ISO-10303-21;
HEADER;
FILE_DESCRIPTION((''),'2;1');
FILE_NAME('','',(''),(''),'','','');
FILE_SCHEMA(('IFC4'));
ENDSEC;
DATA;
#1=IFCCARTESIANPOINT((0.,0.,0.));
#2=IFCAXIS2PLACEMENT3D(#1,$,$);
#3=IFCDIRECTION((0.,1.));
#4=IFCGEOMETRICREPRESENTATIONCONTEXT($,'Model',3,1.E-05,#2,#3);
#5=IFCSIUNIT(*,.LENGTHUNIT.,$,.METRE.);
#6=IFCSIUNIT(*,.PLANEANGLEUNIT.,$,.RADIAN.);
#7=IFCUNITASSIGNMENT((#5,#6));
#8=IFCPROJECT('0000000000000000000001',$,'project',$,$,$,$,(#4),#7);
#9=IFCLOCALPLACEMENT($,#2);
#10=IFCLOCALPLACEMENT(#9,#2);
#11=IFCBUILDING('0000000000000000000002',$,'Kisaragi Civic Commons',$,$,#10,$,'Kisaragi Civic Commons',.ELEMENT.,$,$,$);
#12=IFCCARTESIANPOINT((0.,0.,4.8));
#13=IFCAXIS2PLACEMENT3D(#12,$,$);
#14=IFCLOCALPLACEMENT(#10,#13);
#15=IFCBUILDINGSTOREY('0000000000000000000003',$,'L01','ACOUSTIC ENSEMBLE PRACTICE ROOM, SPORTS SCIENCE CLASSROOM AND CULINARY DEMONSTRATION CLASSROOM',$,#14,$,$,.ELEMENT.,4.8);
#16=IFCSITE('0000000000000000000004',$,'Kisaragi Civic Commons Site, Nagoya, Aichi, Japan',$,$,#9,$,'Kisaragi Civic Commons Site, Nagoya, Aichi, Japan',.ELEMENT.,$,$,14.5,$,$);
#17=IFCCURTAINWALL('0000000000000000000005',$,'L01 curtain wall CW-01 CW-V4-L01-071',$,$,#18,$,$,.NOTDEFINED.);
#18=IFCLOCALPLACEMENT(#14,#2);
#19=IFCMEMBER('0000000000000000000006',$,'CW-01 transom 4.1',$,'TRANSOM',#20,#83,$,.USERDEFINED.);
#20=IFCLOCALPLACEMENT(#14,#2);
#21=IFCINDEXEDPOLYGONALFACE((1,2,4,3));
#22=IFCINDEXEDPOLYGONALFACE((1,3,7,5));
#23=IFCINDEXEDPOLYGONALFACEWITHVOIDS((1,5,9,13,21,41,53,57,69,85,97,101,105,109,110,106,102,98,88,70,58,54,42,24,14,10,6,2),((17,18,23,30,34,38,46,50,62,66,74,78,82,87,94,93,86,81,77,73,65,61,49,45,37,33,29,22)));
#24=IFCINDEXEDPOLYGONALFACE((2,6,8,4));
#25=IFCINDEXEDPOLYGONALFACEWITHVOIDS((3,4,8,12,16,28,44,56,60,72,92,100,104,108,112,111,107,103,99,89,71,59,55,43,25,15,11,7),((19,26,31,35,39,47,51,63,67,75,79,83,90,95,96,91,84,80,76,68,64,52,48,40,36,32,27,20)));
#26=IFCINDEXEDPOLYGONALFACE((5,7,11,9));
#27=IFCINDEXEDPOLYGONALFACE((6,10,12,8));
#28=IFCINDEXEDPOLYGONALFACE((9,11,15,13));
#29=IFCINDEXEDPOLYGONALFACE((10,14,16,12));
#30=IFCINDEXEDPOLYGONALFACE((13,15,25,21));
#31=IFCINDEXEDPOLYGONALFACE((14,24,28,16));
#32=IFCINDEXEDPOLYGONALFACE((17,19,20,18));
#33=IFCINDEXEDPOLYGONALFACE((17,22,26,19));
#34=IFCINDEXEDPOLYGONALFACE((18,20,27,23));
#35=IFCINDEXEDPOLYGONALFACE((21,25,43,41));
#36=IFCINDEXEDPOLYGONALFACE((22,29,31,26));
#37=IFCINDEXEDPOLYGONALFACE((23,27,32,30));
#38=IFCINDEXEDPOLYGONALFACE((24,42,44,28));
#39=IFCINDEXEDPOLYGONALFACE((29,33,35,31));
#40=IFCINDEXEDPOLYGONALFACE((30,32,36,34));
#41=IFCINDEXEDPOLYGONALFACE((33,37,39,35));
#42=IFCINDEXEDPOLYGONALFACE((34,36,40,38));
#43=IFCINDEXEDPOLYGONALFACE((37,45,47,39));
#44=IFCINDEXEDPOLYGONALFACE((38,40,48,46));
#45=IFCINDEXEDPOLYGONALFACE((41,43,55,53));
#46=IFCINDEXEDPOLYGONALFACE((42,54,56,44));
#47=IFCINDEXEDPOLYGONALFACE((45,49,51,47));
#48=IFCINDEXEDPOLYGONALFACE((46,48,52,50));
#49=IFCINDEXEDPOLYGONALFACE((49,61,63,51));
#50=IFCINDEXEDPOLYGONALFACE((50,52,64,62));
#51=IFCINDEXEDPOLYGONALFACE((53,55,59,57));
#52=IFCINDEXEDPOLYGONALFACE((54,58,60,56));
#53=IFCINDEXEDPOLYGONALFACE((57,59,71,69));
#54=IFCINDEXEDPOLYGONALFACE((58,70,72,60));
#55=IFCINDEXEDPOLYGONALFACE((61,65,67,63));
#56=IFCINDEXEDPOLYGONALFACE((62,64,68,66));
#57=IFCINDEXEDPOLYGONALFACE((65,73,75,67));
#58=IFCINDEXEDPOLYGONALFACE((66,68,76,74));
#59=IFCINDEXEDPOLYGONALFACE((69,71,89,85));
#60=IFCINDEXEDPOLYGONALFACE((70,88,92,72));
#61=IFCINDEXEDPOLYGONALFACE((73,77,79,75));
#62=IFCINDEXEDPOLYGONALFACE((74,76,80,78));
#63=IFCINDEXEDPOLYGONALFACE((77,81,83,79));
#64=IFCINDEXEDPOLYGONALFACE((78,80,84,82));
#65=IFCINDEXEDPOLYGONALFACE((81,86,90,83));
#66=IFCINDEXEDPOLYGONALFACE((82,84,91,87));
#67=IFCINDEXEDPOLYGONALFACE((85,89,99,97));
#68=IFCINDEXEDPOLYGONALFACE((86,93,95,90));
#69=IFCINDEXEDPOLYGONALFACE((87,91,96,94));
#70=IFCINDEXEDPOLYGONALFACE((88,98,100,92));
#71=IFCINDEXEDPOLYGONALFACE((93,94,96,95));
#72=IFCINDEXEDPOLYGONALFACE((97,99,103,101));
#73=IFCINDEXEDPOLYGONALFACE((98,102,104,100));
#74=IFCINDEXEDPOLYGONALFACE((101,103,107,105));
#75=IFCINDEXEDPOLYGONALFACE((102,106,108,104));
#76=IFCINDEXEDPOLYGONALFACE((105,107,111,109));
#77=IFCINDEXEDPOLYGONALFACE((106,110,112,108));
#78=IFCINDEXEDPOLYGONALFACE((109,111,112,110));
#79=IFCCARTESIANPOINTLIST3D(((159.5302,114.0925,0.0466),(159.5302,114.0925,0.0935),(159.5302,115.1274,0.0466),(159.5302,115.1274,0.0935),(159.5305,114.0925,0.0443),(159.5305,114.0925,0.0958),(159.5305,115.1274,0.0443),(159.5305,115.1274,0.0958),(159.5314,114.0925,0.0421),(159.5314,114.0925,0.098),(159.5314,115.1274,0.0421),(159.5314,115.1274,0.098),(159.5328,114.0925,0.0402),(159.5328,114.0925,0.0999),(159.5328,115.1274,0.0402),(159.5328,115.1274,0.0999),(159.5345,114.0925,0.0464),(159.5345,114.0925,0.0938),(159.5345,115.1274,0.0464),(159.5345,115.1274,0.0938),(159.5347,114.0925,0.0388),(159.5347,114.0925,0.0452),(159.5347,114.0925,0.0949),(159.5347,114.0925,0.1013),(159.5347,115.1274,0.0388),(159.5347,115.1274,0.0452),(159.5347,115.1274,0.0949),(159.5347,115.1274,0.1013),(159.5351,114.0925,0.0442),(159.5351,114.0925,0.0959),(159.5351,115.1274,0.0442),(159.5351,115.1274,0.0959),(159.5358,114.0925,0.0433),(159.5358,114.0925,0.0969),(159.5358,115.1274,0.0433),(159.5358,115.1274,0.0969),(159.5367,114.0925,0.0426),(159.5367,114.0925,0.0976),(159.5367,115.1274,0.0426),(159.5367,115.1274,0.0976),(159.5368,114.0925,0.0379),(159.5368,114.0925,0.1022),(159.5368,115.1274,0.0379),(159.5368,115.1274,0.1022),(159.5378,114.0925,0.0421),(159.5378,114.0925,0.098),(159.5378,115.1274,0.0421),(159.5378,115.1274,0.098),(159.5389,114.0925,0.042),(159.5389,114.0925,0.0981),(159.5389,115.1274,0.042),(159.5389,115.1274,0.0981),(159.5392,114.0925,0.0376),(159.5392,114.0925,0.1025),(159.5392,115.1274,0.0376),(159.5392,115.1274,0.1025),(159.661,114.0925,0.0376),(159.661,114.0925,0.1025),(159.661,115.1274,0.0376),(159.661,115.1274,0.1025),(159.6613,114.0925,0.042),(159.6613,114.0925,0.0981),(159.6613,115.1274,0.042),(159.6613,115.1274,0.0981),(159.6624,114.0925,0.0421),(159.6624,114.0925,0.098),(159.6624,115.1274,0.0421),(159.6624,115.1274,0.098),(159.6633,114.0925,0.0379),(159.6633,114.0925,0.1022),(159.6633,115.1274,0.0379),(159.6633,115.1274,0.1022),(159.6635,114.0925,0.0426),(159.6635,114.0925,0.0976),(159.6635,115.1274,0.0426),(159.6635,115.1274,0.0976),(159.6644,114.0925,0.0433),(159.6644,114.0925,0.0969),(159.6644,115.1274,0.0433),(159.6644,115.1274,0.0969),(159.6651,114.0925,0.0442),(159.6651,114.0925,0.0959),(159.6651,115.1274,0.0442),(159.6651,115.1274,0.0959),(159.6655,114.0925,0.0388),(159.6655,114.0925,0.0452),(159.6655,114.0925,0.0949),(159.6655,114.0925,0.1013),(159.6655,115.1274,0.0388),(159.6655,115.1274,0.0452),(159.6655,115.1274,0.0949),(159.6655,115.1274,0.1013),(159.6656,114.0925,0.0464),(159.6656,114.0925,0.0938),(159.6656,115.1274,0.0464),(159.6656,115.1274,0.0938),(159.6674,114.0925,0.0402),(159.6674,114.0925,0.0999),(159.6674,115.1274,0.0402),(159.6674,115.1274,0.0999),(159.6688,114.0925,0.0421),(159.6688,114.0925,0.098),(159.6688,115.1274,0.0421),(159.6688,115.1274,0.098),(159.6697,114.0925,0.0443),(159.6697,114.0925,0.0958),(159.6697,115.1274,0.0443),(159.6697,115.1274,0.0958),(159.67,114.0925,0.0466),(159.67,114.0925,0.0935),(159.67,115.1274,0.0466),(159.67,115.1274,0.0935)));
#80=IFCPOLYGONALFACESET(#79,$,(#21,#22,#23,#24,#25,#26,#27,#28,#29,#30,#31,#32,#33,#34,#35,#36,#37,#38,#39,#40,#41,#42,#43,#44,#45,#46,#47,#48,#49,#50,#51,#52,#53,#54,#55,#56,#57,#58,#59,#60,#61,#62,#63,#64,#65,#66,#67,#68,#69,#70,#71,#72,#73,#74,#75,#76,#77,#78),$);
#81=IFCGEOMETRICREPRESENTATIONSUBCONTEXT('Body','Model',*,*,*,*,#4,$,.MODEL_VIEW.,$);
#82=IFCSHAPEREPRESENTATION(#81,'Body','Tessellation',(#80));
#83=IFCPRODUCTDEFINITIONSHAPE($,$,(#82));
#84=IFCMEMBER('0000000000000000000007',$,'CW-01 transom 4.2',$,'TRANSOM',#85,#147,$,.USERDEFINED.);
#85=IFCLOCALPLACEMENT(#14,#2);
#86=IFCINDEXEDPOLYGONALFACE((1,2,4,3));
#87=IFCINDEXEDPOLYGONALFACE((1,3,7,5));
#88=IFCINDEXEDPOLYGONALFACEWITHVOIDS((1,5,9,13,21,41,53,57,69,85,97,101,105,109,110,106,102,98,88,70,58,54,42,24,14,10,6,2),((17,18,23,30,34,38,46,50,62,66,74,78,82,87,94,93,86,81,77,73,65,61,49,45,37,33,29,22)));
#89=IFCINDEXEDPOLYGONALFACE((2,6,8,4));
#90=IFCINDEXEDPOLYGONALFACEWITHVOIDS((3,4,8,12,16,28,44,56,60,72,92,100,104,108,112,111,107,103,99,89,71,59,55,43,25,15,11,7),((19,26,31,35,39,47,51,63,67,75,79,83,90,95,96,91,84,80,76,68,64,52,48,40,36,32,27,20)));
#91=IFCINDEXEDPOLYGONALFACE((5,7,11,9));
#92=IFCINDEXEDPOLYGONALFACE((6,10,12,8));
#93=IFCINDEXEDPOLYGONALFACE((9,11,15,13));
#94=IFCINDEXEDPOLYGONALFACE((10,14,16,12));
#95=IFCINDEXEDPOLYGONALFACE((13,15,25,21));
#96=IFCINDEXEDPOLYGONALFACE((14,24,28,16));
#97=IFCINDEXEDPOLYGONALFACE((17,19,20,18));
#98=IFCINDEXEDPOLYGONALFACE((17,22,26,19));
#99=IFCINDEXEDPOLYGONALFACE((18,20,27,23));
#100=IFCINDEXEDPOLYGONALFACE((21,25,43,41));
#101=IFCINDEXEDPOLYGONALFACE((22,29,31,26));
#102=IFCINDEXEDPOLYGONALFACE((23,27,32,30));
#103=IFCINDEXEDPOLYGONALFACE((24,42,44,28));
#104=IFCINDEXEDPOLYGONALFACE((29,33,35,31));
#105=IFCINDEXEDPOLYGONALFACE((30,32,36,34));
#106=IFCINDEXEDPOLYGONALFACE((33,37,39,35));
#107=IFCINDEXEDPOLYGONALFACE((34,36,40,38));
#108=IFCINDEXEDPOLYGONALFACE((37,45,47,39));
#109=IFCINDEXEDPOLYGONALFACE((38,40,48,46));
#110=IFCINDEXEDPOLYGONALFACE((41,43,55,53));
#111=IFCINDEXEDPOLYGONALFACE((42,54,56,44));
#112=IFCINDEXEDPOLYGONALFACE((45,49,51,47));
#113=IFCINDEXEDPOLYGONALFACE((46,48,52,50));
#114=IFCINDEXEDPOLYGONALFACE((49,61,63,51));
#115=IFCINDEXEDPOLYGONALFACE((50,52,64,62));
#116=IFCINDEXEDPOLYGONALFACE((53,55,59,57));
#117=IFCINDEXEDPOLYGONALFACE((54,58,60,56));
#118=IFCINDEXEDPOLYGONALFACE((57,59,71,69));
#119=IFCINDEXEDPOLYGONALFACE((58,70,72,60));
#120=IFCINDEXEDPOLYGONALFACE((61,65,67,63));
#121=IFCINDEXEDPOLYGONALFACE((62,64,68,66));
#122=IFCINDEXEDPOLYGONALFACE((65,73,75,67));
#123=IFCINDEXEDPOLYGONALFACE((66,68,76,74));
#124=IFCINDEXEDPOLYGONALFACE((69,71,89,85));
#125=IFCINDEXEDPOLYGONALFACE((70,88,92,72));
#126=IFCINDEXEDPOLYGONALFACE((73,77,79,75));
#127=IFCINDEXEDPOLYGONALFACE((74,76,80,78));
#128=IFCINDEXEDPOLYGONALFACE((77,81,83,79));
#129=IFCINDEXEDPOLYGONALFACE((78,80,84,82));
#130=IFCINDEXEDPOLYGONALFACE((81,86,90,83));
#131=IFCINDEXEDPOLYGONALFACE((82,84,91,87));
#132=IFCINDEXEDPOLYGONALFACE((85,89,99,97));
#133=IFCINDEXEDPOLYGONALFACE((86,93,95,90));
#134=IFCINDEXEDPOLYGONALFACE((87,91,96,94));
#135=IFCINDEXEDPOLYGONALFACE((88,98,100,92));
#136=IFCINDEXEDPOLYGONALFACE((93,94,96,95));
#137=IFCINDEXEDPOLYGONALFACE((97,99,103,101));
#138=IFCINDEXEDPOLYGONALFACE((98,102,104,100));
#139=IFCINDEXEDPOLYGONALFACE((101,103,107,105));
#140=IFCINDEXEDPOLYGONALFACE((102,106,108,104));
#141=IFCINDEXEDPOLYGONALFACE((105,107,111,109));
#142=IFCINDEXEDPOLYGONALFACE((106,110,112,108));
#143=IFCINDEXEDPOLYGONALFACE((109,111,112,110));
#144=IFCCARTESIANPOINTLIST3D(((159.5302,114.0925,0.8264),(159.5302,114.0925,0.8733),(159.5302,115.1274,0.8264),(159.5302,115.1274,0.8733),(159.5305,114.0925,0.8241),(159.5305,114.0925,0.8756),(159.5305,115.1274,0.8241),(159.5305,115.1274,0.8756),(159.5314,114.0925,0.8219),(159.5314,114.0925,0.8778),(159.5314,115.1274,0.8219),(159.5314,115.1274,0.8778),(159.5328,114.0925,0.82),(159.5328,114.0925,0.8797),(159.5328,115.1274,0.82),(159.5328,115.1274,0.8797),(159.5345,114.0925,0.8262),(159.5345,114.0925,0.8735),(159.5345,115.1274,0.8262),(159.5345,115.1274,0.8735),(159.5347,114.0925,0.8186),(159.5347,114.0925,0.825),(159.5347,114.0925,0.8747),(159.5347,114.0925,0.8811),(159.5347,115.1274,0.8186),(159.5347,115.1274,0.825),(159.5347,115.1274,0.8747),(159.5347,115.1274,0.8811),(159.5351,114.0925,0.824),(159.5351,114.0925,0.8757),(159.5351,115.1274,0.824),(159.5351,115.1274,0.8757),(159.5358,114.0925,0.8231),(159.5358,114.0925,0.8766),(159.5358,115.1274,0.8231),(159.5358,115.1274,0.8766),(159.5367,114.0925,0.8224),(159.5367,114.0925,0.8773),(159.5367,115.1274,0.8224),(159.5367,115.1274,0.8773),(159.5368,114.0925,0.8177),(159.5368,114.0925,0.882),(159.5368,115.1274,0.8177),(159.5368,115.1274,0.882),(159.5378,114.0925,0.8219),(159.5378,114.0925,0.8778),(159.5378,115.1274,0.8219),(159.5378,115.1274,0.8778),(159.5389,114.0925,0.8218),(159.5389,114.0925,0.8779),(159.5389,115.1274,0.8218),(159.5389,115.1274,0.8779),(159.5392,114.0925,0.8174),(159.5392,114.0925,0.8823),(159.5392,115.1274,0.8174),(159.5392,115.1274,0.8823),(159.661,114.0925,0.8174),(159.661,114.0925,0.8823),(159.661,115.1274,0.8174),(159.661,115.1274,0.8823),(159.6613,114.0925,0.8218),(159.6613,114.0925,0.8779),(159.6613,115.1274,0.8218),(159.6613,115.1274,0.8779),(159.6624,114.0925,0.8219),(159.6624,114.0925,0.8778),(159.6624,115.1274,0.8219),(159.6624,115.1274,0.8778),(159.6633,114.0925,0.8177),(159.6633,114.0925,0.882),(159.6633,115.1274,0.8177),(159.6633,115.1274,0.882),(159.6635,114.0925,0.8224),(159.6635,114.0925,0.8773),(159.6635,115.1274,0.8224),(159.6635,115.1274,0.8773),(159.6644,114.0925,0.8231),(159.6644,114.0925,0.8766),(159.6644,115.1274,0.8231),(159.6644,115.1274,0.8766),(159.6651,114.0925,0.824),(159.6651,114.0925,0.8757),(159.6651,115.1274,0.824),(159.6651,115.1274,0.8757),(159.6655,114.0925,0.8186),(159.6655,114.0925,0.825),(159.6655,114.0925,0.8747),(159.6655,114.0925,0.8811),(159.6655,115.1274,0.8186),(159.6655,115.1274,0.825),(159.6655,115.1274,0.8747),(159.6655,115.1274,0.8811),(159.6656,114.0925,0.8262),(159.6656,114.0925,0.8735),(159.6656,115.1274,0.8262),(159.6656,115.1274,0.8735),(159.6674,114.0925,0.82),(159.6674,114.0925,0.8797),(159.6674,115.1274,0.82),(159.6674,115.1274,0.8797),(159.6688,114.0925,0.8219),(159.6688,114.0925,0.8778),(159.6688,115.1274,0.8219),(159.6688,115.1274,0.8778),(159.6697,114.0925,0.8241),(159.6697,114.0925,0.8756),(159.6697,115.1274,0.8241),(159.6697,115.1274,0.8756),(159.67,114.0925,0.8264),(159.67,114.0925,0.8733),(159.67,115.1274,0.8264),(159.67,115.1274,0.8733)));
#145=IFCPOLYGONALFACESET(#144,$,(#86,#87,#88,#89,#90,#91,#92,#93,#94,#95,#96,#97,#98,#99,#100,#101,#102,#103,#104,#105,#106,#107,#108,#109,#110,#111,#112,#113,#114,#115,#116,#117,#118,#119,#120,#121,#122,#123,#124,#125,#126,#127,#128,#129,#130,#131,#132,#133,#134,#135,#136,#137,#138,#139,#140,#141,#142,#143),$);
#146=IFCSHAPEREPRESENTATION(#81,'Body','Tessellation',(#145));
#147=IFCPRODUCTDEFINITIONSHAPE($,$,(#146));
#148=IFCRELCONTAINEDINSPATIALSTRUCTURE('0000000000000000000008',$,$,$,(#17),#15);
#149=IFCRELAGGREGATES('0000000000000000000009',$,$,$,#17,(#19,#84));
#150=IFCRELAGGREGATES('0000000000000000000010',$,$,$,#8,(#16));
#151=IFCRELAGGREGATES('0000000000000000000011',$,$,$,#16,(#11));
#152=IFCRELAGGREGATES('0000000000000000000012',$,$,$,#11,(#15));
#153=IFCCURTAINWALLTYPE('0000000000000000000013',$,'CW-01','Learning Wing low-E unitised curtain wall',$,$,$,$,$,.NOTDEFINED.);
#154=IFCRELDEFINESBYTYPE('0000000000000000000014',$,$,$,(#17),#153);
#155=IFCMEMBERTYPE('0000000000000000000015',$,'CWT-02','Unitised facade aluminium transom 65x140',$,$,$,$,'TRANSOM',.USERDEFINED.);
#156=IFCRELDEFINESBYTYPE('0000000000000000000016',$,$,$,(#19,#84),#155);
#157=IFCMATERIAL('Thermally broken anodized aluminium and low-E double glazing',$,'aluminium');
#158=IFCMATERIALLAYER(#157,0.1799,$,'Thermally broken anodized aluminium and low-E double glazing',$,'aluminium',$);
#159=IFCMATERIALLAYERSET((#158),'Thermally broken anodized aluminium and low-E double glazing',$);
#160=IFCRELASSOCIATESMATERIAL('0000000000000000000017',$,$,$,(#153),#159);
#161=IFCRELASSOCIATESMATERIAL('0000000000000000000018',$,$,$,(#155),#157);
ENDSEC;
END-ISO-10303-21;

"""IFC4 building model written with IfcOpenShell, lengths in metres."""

from ifc_helpers import new_model, si_unit, direction, frame, origin, origin_2d, place, context, subcontext, project, spatial, hollow_rectangle, extrude, material, layer, layer_set, material_profile, profile_set, type_object, element, aggregate, save


model = new_model("IFC4")

# Units and contexts
model_context = context("Model", 3, precision=1e-05, world=origin(), true_north=direction((0.0, 1.0)))
body_context = subcontext(model_context, "Body", "Model", "MODEL_VIEW")
ifc_project = project(units=[si_unit("LENGTHUNIT", "METRE"), si_unit("PLANEANGLEUNIT", "RADIAN")], contexts=[model_context])

# Site, building, storey
site_placement = place(None, origin())
site = spatial("IfcSite", under=ifc_project, at=site_placement, Name="Kisaragi Civic Commons Site, Nagoya, Aichi, Japan", LongName="Kisaragi Civic Commons Site, Nagoya, Aichi, Japan", CompositionType="ELEMENT", RefElevation=14.5)
building_placement = place(site_placement, origin())
building = spatial("IfcBuilding", under=site, at=building_placement, Name="Kisaragi Civic Commons", LongName="Kisaragi Civic Commons", CompositionType="ELEMENT")
storey_placement = place(building_placement, frame((0.0, 0.0, 4.8)))
storey = spatial("IfcBuildingStorey", under=building, at=storey_placement, Name="L01", Description="ACOUSTIC ENSEMBLE PRACTICE ROOM, SPORTS SCIENCE CLASSROOM AND CULINARY DEMONSTRATION CLASSROOM", CompositionType="ELEMENT", Elevation=4.8)

# Curtain wall, members
ifc_material_1 = material(Name="Thermally broken anodized aluminium and low-E double glazing", Category="aluminium")
ifc_layer_1 = layer(ifc_material_1, 0.1799, Name="Thermally broken anodized aluminium and low-E double glazing", Category="aluminium")
ifc_layer_set_1 = layer_set([ifc_layer_1], Name="Thermally broken anodized aluminium and low-E double glazing")
curtain_wall_type = type_object("IfcCurtainWallType", Name="CW-01", Description="Learning Wing low-E unitised curtain wall", PredefinedType="NOTDEFINED", material=ifc_layer_set_1)
curtain_wall_placement = place(storey_placement, origin())
curtain_wall = element("IfcCurtainWall", 1, at=curtain_wall_placement, inside=storey, type_object=curtain_wall_type, Name="L01 curtain wall CW-01 CW-V4-L01-071", PredefinedType="NOTDEFINED")
ifc_material_profile_1 = material_profile(ifc_material_1, hollow_rectangle(XDim=0.1399, YDim=0.0649, WallThickness=0.0044, InnerFilletRadius=0.0044, OuterFilletRadius=0.009, at=origin_2d()), Name="CWT-65x140x4.5", Category="aluminium")
ifc_profile_set_1 = profile_set([ifc_material_profile_1], Name="Thermally broken anodized aluminium and low-E double glazing")
member_type_1 = type_object("IfcMemberType", Name="CWT-02", Description="Unitised facade aluminium transom 65x140", ElementType="TRANSOM", PredefinedType="USERDEFINED", material=ifc_profile_set_1)
member_1_placement = place(storey_placement, frame((159.6001, 115.1274, 0.0701), z_axis=(0.0, -1.0, 0.0), x_axis=(1.0, 0.0, 0.0)))
member_1 = element("IfcMember", 2, at=member_1_placement, type_object=member_type_1, Name="CW-01 transom 4.1", ObjectType="TRANSOM", PredefinedType="USERDEFINED", context=body_context, shape_type="SweptSolid", body=[
    extrude(hollow_rectangle(XDim=0.1399, YDim=0.0649, WallThickness=0.0044, InnerFilletRadius=0.0044, OuterFilletRadius=0.009, at=origin_2d()), origin(), (0.0, 0.0, 1.0), 1.0349),
])
member_2_placement = place(storey_placement, frame((159.6001, 115.1274, 0.8499), z_axis=(0.0, -1.0, 0.0), x_axis=(1.0, 0.0, 0.0)))
member_2 = element("IfcMember", 3, at=member_2_placement, type_object=member_type_1, Name="CW-01 transom 4.2", ObjectType="TRANSOM", PredefinedType="USERDEFINED", context=body_context, shape_type="SweptSolid", body=[
    extrude(hollow_rectangle(XDim=0.1399, YDim=0.0649, WallThickness=0.0044, InnerFilletRadius=0.0044, OuterFilletRadius=0.009, at=origin_2d()), origin(), (0.0, 0.0, 1.0), 1.0349),
])
aggregate(curtain_wall, [member_1, member_2])

save(model, "model.ifc")
